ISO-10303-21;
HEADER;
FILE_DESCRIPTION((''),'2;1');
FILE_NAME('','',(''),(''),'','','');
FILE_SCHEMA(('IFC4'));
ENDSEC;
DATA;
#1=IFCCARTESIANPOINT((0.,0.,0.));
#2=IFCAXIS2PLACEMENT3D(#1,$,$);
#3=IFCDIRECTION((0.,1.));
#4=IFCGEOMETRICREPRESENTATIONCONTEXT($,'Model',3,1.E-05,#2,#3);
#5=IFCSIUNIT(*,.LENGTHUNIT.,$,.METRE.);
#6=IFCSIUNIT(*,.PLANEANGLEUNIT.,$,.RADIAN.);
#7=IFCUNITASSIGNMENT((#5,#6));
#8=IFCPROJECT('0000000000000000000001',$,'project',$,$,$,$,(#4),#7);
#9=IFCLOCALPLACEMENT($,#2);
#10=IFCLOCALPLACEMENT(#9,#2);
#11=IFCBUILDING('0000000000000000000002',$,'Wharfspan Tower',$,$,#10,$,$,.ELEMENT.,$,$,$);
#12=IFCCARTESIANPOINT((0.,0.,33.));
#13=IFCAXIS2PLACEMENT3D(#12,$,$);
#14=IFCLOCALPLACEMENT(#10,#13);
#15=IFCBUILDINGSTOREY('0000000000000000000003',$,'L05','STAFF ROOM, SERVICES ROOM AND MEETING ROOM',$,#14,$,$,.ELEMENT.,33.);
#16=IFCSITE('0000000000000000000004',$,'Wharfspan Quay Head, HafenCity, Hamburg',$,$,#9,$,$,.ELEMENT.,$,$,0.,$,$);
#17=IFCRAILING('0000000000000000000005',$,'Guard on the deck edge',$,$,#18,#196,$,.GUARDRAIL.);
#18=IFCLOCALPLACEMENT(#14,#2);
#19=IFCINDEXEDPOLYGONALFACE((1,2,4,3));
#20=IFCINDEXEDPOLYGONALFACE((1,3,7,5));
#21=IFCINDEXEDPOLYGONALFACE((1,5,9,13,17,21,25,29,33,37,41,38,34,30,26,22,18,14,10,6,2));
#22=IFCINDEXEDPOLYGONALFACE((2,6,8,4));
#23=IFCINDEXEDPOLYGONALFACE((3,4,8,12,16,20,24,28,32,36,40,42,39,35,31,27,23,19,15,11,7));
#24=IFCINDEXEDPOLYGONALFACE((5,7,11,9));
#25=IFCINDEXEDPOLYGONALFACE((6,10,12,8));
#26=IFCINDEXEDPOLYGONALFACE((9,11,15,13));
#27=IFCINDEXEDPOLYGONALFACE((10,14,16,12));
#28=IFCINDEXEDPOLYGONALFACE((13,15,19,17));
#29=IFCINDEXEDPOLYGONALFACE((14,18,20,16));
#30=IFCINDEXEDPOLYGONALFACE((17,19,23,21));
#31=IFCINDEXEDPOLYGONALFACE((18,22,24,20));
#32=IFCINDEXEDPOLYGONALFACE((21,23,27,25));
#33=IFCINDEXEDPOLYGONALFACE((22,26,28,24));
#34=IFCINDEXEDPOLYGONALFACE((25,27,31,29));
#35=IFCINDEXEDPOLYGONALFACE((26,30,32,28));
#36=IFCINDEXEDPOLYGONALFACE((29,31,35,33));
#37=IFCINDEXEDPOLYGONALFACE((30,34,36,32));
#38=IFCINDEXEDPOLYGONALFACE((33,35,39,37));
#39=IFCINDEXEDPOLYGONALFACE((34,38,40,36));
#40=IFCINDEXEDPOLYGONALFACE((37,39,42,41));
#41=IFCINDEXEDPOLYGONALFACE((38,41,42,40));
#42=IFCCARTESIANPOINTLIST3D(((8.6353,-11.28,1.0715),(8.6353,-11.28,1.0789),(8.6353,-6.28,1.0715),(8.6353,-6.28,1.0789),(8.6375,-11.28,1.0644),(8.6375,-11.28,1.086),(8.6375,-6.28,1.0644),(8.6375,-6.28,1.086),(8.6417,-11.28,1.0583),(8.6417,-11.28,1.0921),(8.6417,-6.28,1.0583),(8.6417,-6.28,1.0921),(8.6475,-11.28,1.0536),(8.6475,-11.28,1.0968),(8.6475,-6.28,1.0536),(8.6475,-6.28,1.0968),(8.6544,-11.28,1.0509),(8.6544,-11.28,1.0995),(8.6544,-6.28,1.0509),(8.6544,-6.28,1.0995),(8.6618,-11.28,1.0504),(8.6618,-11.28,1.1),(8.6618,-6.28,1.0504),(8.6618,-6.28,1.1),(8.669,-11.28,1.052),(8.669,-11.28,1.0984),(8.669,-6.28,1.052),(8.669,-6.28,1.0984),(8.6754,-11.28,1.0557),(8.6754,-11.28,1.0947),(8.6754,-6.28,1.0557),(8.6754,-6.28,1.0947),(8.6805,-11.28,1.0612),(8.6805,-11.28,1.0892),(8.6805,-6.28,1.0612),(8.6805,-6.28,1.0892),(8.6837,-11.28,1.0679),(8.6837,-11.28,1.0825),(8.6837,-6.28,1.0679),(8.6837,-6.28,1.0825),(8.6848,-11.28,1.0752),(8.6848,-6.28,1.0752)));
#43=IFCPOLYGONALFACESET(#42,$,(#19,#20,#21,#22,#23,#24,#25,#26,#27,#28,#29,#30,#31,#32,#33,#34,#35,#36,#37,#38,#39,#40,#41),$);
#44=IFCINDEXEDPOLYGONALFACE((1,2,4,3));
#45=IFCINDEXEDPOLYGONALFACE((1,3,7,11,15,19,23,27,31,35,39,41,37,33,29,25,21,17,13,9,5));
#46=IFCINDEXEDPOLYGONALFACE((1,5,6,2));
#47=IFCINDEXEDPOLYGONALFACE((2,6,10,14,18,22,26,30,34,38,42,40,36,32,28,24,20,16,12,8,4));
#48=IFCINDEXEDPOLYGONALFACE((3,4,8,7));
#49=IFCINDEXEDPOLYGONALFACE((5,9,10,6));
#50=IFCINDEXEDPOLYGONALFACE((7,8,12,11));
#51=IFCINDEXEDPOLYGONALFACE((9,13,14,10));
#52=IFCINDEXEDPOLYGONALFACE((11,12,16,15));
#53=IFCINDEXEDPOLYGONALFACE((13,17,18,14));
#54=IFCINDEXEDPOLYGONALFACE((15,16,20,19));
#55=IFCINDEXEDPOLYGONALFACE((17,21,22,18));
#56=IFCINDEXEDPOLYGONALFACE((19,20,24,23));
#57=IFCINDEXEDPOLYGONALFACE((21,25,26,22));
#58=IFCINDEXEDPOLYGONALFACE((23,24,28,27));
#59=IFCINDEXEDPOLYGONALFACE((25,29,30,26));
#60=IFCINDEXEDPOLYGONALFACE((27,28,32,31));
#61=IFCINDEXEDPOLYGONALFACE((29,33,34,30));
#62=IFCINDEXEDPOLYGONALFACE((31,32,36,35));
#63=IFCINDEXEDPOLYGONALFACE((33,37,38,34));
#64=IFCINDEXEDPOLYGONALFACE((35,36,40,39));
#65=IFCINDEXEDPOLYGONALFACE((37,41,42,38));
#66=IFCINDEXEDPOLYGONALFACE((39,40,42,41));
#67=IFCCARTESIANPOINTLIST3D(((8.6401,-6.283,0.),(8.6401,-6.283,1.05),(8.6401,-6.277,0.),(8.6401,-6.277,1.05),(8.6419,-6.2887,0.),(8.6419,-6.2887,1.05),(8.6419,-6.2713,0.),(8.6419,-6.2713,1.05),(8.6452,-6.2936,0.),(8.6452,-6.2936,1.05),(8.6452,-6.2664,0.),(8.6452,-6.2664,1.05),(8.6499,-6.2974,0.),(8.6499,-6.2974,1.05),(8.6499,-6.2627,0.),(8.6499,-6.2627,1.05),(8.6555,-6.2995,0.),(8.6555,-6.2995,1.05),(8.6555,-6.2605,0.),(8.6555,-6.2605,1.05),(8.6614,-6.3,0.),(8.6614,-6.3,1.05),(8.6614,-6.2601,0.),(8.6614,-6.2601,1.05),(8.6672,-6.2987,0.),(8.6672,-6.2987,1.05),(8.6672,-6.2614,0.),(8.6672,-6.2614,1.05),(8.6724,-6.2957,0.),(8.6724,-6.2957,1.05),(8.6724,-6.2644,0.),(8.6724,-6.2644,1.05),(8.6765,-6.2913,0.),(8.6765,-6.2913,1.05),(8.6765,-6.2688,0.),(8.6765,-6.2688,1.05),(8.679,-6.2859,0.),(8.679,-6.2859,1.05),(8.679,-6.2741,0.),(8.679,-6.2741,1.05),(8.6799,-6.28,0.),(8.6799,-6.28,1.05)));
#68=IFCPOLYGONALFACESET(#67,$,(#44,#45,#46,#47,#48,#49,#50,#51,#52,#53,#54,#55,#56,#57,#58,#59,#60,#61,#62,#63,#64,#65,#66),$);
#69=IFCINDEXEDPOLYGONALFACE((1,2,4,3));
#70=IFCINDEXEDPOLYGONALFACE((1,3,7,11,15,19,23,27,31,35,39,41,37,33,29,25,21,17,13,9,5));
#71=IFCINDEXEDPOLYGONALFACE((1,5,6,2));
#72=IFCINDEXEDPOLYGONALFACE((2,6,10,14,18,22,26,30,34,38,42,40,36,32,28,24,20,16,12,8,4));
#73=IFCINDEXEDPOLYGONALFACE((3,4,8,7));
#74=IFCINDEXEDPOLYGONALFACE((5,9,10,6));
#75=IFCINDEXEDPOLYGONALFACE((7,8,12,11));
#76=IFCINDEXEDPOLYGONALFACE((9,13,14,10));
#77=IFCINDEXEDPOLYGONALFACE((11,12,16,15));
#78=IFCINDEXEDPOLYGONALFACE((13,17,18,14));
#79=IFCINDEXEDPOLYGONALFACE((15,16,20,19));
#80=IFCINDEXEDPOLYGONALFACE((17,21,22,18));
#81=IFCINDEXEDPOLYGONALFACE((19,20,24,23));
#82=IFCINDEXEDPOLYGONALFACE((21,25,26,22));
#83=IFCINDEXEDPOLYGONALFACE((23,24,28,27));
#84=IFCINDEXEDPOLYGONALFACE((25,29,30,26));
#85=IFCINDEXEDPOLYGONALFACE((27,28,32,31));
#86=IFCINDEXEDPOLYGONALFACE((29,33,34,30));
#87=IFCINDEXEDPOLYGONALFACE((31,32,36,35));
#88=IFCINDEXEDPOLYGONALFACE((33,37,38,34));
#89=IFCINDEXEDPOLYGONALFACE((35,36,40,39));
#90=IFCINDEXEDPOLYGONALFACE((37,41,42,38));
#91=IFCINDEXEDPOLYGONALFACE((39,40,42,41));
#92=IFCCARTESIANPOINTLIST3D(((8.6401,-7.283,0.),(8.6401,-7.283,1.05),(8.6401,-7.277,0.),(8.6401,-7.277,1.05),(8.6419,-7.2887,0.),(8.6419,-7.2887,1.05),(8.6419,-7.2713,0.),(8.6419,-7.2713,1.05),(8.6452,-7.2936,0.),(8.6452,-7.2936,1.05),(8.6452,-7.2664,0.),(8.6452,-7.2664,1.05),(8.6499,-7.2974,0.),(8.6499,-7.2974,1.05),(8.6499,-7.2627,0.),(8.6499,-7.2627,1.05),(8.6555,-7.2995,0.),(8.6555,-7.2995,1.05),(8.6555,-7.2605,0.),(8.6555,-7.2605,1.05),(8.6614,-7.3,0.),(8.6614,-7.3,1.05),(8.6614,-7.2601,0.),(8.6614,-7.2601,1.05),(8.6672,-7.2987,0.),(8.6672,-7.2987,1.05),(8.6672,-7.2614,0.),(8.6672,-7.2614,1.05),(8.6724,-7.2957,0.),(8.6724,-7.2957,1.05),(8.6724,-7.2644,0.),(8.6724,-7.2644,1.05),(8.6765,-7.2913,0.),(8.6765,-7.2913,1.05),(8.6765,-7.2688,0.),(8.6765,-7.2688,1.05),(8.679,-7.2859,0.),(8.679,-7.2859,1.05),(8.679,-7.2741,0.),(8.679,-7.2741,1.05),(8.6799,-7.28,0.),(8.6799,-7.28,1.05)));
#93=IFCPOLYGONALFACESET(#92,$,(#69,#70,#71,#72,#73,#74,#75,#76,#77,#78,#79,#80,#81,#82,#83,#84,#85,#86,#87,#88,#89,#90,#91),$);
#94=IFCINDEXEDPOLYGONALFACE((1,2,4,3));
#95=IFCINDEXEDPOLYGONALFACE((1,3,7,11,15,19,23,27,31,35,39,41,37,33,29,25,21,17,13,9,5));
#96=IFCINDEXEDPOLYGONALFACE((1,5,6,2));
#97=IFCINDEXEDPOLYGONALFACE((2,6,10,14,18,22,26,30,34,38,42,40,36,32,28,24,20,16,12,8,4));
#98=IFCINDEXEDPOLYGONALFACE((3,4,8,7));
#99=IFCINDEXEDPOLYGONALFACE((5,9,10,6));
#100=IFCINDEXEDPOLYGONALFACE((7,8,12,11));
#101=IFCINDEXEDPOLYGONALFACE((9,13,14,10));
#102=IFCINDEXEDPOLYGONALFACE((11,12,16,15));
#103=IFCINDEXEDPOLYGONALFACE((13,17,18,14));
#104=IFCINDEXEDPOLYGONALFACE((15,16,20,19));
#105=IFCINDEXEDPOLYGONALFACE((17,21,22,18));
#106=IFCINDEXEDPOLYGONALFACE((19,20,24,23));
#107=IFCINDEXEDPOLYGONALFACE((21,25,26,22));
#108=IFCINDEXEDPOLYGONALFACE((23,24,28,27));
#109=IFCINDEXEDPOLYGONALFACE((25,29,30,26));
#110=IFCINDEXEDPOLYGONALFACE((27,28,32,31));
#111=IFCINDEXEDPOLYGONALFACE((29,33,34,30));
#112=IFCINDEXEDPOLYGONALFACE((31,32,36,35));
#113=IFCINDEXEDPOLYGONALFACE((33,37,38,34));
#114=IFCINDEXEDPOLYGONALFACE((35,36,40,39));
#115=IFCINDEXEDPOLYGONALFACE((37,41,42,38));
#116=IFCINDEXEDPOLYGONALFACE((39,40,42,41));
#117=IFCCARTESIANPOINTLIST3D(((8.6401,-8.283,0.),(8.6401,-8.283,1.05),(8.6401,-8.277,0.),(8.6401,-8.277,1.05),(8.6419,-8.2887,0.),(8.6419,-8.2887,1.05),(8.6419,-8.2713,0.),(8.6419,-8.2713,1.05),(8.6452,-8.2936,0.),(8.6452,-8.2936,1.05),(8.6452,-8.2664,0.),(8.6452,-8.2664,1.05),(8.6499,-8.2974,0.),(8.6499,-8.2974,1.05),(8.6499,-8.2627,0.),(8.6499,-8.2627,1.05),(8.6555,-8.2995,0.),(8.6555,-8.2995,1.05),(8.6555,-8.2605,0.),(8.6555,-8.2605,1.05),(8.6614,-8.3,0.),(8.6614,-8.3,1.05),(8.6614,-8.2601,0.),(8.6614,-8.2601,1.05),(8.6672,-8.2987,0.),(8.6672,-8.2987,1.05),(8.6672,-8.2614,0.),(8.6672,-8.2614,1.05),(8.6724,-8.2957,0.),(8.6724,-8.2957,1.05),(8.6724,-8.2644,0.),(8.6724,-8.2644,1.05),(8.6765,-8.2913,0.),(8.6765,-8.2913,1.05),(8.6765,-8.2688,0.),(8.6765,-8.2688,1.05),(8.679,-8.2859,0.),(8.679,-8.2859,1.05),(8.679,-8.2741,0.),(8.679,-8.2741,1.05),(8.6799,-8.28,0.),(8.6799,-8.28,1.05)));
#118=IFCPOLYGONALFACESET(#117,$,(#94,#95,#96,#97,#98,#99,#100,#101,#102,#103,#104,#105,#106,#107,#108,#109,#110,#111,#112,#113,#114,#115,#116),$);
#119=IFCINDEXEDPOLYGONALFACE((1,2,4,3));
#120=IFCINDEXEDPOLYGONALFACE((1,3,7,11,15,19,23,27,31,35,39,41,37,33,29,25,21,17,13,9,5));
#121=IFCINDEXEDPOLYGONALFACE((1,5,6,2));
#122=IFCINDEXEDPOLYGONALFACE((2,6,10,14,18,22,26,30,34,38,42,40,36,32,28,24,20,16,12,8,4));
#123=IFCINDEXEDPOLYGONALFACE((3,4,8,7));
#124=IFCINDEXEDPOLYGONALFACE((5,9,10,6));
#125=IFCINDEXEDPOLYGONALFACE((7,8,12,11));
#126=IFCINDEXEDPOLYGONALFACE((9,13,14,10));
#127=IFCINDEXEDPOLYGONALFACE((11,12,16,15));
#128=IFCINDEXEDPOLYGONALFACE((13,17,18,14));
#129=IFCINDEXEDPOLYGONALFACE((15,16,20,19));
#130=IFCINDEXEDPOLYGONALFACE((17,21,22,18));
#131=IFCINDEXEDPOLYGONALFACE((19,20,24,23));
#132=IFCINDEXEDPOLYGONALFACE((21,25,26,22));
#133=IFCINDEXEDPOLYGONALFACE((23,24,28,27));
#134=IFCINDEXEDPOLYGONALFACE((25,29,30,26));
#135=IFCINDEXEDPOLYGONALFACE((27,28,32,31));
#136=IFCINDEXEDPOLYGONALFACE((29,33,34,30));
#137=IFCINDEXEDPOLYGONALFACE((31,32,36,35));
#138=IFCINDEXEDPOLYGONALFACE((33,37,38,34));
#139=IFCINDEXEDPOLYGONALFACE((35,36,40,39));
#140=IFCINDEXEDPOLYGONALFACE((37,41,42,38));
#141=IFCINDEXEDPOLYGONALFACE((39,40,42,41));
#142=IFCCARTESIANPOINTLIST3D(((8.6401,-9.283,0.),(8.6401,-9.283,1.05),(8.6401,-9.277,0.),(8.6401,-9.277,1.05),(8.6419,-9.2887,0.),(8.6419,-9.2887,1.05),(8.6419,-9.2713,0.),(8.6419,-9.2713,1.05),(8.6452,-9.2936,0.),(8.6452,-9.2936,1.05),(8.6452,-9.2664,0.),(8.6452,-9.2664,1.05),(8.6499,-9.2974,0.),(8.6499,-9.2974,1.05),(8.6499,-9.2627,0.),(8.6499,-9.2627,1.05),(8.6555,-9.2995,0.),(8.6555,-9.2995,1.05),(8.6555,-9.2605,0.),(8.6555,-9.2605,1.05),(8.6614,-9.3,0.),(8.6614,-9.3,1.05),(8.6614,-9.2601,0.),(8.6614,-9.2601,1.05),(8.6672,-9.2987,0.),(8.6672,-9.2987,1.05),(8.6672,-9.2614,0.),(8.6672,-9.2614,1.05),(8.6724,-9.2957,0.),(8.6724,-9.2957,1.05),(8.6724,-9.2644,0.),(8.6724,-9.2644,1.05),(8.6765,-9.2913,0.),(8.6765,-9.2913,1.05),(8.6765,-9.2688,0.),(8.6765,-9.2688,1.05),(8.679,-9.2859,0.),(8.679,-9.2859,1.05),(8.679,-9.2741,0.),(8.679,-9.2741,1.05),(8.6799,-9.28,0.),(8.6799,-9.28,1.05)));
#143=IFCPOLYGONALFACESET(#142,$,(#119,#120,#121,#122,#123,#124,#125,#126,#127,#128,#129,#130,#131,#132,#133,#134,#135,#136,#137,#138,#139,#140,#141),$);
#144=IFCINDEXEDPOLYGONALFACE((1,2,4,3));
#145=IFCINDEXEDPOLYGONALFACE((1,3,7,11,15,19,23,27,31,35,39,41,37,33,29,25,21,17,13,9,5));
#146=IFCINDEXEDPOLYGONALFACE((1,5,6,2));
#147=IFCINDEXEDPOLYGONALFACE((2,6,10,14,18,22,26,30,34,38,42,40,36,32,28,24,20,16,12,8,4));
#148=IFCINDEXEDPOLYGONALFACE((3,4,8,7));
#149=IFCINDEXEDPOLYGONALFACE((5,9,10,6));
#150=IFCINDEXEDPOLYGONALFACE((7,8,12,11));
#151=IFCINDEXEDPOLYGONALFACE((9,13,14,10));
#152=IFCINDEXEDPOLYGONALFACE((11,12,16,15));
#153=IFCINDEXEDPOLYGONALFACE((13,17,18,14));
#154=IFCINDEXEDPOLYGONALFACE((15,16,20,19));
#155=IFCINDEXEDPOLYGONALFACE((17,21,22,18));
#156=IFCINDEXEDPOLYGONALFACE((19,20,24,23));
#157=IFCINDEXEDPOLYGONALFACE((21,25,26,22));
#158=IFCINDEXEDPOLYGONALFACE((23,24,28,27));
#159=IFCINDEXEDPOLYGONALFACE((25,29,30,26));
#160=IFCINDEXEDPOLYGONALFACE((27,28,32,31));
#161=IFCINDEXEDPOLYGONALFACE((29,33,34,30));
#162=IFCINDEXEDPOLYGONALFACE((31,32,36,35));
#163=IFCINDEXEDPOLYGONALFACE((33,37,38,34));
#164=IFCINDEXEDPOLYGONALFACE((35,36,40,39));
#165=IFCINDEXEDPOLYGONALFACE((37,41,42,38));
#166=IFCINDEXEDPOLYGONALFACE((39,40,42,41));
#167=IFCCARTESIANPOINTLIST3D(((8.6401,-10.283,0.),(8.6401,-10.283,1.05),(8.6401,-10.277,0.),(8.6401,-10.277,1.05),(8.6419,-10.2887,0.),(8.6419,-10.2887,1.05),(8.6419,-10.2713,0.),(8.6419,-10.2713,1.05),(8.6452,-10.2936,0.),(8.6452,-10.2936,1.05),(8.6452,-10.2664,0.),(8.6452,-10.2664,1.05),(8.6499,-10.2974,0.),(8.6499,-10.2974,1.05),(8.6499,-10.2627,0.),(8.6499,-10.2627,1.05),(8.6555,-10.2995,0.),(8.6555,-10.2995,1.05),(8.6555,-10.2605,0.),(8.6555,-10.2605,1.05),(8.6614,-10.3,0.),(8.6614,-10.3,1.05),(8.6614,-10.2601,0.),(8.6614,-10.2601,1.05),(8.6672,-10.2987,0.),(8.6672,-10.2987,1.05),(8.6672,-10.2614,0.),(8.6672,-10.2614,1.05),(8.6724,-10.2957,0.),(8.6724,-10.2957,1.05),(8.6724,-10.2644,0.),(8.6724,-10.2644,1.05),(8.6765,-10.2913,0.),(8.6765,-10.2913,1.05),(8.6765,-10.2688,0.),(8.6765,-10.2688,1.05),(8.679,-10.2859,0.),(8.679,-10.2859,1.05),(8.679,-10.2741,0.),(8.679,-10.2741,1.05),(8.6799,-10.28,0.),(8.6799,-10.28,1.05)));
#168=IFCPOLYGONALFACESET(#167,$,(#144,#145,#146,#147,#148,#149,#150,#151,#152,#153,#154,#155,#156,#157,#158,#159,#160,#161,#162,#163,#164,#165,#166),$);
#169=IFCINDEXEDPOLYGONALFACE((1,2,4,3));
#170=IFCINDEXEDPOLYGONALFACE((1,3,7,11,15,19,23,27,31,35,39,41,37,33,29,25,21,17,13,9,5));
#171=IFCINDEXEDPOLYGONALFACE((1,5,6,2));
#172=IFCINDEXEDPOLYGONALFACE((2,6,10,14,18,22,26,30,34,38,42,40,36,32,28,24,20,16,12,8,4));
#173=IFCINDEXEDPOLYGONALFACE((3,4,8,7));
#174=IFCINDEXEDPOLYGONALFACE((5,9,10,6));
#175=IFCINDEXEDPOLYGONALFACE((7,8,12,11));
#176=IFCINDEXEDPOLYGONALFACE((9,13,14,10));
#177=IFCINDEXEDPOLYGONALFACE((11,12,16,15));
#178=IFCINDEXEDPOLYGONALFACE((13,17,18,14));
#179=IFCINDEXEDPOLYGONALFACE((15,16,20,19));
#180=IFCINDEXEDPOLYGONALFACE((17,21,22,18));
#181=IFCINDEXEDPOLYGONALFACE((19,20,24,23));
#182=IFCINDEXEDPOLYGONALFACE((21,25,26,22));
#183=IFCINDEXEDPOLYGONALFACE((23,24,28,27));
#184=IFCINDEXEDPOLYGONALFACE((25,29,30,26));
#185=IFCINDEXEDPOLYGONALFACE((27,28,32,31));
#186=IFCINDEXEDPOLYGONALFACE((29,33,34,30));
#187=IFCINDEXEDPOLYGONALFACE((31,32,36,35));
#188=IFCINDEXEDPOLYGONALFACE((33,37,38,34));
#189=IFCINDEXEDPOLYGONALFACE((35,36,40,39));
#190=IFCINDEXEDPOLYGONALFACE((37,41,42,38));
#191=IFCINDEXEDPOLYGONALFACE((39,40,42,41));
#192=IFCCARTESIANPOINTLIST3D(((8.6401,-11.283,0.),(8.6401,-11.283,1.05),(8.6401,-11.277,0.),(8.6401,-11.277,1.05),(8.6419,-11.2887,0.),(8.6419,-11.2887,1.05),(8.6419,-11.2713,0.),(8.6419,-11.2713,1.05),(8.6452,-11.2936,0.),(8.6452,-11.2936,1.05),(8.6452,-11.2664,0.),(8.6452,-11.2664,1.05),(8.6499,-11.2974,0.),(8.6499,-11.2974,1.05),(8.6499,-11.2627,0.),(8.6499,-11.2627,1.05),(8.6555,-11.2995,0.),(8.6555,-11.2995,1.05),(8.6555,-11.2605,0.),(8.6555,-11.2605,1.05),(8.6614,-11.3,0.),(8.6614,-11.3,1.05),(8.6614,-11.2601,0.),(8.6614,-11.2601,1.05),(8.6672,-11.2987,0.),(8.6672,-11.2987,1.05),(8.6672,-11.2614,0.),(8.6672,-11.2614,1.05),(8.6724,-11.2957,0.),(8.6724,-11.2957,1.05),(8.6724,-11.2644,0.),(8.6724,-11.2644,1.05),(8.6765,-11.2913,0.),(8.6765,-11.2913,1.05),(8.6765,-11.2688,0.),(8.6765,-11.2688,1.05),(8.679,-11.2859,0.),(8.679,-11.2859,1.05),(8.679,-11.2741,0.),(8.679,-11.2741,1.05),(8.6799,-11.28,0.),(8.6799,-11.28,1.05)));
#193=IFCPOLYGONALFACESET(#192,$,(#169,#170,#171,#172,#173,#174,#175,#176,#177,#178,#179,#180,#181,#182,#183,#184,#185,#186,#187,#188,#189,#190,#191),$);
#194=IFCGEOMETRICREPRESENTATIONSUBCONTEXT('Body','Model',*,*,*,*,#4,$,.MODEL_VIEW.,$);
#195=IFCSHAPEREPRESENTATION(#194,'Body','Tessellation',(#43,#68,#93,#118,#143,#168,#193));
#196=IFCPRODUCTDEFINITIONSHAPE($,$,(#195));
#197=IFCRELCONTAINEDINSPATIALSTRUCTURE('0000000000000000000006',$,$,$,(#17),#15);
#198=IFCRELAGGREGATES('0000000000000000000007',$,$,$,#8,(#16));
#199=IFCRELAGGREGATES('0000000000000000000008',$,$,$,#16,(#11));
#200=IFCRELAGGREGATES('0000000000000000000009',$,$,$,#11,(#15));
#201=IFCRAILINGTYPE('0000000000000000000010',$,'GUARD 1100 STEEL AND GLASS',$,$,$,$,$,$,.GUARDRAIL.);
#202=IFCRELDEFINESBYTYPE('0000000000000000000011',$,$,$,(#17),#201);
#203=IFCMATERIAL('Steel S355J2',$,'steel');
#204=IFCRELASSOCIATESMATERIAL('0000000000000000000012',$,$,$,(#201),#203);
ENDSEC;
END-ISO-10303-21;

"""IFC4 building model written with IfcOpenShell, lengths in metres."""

from ifc_helpers import new_model, si_unit, direction, frame, origin, origin_2d, place, context, subcontext, project, spatial, circle, extrude, material, type_object, element, save


model = new_model("IFC4")

# Units and contexts
model_context = context("Model", 3, precision=1e-05, world=origin(), true_north=direction((0.0, 1.0)))
body_context = subcontext(model_context, "Body", "Model", "MODEL_VIEW")
ifc_project = project(units=[si_unit("LENGTHUNIT", "METRE"), si_unit("PLANEANGLEUNIT", "RADIAN")], contexts=[model_context])

# Site, building, storey
site_placement = place(None, origin())
site = spatial("IfcSite", under=ifc_project, at=site_placement, Name="Wharfspan Quay Head, HafenCity, Hamburg", CompositionType="ELEMENT", RefElevation=0.0)
building_placement = place(site_placement, origin())
building = spatial("IfcBuilding", under=site, at=building_placement, Name="Wharfspan Tower", CompositionType="ELEMENT")
storey_placement = place(building_placement, frame((0.0, 0.0, 33.0)))
storey = spatial("IfcBuildingStorey", under=building, at=storey_placement, Name="L05", Description="STAFF ROOM, SERVICES ROOM AND MEETING ROOM", CompositionType="ELEMENT", Elevation=33.0)

# Railing
ifc_material_1 = material(Name="Steel S355J2", Category="steel")
railing_type = type_object("IfcRailingType", Name="GUARD 1100 STEEL AND GLASS", PredefinedType="GUARDRAIL", material=ifc_material_1)
railing_1_placement = place(storey_placement, frame((8.6599, -6.28, 0.0)))
element("IfcRailing", 1, at=railing_1_placement, inside=storey, type_object=railing_type, Name="Guard on the deck edge", PredefinedType="GUARDRAIL", context=body_context, shape_type="SweptSolid", body=[
    extrude(circle(Radius=0.0249, at=origin_2d()), frame((0.0, 0.0, 1.0752), z_axis=(0.0, -1.0, 0.0), x_axis=(1.0, 0.0, 0.0)), (0.0, 0.0, 1.0), 5.0),
    extrude(circle(Radius=0.02, at=origin_2d()), origin(), (0.0, 0.0, 1.0), 1.05),
    extrude(circle(Radius=0.02, at=origin_2d()), frame((0.0, -1.0, 0.0)), (0.0, 0.0, 1.0), 1.05),
    extrude(circle(Radius=0.02, at=origin_2d()), frame((0.0, -2.0, 0.0)), (0.0, 0.0, 1.0), 1.05),
    extrude(circle(Radius=0.02, at=origin_2d()), frame((0.0, -3.0, 0.0)), (0.0, 0.0, 1.0), 1.05),
    extrude(circle(Radius=0.02, at=origin_2d()), frame((0.0, -4.0, 0.0)), (0.0, 0.0, 1.0), 1.05),
    extrude(circle(Radius=0.02, at=origin_2d()), frame((0.0, -5.0, 0.0)), (0.0, 0.0, 1.0), 1.05),
])

save(model, "model.ifc")
